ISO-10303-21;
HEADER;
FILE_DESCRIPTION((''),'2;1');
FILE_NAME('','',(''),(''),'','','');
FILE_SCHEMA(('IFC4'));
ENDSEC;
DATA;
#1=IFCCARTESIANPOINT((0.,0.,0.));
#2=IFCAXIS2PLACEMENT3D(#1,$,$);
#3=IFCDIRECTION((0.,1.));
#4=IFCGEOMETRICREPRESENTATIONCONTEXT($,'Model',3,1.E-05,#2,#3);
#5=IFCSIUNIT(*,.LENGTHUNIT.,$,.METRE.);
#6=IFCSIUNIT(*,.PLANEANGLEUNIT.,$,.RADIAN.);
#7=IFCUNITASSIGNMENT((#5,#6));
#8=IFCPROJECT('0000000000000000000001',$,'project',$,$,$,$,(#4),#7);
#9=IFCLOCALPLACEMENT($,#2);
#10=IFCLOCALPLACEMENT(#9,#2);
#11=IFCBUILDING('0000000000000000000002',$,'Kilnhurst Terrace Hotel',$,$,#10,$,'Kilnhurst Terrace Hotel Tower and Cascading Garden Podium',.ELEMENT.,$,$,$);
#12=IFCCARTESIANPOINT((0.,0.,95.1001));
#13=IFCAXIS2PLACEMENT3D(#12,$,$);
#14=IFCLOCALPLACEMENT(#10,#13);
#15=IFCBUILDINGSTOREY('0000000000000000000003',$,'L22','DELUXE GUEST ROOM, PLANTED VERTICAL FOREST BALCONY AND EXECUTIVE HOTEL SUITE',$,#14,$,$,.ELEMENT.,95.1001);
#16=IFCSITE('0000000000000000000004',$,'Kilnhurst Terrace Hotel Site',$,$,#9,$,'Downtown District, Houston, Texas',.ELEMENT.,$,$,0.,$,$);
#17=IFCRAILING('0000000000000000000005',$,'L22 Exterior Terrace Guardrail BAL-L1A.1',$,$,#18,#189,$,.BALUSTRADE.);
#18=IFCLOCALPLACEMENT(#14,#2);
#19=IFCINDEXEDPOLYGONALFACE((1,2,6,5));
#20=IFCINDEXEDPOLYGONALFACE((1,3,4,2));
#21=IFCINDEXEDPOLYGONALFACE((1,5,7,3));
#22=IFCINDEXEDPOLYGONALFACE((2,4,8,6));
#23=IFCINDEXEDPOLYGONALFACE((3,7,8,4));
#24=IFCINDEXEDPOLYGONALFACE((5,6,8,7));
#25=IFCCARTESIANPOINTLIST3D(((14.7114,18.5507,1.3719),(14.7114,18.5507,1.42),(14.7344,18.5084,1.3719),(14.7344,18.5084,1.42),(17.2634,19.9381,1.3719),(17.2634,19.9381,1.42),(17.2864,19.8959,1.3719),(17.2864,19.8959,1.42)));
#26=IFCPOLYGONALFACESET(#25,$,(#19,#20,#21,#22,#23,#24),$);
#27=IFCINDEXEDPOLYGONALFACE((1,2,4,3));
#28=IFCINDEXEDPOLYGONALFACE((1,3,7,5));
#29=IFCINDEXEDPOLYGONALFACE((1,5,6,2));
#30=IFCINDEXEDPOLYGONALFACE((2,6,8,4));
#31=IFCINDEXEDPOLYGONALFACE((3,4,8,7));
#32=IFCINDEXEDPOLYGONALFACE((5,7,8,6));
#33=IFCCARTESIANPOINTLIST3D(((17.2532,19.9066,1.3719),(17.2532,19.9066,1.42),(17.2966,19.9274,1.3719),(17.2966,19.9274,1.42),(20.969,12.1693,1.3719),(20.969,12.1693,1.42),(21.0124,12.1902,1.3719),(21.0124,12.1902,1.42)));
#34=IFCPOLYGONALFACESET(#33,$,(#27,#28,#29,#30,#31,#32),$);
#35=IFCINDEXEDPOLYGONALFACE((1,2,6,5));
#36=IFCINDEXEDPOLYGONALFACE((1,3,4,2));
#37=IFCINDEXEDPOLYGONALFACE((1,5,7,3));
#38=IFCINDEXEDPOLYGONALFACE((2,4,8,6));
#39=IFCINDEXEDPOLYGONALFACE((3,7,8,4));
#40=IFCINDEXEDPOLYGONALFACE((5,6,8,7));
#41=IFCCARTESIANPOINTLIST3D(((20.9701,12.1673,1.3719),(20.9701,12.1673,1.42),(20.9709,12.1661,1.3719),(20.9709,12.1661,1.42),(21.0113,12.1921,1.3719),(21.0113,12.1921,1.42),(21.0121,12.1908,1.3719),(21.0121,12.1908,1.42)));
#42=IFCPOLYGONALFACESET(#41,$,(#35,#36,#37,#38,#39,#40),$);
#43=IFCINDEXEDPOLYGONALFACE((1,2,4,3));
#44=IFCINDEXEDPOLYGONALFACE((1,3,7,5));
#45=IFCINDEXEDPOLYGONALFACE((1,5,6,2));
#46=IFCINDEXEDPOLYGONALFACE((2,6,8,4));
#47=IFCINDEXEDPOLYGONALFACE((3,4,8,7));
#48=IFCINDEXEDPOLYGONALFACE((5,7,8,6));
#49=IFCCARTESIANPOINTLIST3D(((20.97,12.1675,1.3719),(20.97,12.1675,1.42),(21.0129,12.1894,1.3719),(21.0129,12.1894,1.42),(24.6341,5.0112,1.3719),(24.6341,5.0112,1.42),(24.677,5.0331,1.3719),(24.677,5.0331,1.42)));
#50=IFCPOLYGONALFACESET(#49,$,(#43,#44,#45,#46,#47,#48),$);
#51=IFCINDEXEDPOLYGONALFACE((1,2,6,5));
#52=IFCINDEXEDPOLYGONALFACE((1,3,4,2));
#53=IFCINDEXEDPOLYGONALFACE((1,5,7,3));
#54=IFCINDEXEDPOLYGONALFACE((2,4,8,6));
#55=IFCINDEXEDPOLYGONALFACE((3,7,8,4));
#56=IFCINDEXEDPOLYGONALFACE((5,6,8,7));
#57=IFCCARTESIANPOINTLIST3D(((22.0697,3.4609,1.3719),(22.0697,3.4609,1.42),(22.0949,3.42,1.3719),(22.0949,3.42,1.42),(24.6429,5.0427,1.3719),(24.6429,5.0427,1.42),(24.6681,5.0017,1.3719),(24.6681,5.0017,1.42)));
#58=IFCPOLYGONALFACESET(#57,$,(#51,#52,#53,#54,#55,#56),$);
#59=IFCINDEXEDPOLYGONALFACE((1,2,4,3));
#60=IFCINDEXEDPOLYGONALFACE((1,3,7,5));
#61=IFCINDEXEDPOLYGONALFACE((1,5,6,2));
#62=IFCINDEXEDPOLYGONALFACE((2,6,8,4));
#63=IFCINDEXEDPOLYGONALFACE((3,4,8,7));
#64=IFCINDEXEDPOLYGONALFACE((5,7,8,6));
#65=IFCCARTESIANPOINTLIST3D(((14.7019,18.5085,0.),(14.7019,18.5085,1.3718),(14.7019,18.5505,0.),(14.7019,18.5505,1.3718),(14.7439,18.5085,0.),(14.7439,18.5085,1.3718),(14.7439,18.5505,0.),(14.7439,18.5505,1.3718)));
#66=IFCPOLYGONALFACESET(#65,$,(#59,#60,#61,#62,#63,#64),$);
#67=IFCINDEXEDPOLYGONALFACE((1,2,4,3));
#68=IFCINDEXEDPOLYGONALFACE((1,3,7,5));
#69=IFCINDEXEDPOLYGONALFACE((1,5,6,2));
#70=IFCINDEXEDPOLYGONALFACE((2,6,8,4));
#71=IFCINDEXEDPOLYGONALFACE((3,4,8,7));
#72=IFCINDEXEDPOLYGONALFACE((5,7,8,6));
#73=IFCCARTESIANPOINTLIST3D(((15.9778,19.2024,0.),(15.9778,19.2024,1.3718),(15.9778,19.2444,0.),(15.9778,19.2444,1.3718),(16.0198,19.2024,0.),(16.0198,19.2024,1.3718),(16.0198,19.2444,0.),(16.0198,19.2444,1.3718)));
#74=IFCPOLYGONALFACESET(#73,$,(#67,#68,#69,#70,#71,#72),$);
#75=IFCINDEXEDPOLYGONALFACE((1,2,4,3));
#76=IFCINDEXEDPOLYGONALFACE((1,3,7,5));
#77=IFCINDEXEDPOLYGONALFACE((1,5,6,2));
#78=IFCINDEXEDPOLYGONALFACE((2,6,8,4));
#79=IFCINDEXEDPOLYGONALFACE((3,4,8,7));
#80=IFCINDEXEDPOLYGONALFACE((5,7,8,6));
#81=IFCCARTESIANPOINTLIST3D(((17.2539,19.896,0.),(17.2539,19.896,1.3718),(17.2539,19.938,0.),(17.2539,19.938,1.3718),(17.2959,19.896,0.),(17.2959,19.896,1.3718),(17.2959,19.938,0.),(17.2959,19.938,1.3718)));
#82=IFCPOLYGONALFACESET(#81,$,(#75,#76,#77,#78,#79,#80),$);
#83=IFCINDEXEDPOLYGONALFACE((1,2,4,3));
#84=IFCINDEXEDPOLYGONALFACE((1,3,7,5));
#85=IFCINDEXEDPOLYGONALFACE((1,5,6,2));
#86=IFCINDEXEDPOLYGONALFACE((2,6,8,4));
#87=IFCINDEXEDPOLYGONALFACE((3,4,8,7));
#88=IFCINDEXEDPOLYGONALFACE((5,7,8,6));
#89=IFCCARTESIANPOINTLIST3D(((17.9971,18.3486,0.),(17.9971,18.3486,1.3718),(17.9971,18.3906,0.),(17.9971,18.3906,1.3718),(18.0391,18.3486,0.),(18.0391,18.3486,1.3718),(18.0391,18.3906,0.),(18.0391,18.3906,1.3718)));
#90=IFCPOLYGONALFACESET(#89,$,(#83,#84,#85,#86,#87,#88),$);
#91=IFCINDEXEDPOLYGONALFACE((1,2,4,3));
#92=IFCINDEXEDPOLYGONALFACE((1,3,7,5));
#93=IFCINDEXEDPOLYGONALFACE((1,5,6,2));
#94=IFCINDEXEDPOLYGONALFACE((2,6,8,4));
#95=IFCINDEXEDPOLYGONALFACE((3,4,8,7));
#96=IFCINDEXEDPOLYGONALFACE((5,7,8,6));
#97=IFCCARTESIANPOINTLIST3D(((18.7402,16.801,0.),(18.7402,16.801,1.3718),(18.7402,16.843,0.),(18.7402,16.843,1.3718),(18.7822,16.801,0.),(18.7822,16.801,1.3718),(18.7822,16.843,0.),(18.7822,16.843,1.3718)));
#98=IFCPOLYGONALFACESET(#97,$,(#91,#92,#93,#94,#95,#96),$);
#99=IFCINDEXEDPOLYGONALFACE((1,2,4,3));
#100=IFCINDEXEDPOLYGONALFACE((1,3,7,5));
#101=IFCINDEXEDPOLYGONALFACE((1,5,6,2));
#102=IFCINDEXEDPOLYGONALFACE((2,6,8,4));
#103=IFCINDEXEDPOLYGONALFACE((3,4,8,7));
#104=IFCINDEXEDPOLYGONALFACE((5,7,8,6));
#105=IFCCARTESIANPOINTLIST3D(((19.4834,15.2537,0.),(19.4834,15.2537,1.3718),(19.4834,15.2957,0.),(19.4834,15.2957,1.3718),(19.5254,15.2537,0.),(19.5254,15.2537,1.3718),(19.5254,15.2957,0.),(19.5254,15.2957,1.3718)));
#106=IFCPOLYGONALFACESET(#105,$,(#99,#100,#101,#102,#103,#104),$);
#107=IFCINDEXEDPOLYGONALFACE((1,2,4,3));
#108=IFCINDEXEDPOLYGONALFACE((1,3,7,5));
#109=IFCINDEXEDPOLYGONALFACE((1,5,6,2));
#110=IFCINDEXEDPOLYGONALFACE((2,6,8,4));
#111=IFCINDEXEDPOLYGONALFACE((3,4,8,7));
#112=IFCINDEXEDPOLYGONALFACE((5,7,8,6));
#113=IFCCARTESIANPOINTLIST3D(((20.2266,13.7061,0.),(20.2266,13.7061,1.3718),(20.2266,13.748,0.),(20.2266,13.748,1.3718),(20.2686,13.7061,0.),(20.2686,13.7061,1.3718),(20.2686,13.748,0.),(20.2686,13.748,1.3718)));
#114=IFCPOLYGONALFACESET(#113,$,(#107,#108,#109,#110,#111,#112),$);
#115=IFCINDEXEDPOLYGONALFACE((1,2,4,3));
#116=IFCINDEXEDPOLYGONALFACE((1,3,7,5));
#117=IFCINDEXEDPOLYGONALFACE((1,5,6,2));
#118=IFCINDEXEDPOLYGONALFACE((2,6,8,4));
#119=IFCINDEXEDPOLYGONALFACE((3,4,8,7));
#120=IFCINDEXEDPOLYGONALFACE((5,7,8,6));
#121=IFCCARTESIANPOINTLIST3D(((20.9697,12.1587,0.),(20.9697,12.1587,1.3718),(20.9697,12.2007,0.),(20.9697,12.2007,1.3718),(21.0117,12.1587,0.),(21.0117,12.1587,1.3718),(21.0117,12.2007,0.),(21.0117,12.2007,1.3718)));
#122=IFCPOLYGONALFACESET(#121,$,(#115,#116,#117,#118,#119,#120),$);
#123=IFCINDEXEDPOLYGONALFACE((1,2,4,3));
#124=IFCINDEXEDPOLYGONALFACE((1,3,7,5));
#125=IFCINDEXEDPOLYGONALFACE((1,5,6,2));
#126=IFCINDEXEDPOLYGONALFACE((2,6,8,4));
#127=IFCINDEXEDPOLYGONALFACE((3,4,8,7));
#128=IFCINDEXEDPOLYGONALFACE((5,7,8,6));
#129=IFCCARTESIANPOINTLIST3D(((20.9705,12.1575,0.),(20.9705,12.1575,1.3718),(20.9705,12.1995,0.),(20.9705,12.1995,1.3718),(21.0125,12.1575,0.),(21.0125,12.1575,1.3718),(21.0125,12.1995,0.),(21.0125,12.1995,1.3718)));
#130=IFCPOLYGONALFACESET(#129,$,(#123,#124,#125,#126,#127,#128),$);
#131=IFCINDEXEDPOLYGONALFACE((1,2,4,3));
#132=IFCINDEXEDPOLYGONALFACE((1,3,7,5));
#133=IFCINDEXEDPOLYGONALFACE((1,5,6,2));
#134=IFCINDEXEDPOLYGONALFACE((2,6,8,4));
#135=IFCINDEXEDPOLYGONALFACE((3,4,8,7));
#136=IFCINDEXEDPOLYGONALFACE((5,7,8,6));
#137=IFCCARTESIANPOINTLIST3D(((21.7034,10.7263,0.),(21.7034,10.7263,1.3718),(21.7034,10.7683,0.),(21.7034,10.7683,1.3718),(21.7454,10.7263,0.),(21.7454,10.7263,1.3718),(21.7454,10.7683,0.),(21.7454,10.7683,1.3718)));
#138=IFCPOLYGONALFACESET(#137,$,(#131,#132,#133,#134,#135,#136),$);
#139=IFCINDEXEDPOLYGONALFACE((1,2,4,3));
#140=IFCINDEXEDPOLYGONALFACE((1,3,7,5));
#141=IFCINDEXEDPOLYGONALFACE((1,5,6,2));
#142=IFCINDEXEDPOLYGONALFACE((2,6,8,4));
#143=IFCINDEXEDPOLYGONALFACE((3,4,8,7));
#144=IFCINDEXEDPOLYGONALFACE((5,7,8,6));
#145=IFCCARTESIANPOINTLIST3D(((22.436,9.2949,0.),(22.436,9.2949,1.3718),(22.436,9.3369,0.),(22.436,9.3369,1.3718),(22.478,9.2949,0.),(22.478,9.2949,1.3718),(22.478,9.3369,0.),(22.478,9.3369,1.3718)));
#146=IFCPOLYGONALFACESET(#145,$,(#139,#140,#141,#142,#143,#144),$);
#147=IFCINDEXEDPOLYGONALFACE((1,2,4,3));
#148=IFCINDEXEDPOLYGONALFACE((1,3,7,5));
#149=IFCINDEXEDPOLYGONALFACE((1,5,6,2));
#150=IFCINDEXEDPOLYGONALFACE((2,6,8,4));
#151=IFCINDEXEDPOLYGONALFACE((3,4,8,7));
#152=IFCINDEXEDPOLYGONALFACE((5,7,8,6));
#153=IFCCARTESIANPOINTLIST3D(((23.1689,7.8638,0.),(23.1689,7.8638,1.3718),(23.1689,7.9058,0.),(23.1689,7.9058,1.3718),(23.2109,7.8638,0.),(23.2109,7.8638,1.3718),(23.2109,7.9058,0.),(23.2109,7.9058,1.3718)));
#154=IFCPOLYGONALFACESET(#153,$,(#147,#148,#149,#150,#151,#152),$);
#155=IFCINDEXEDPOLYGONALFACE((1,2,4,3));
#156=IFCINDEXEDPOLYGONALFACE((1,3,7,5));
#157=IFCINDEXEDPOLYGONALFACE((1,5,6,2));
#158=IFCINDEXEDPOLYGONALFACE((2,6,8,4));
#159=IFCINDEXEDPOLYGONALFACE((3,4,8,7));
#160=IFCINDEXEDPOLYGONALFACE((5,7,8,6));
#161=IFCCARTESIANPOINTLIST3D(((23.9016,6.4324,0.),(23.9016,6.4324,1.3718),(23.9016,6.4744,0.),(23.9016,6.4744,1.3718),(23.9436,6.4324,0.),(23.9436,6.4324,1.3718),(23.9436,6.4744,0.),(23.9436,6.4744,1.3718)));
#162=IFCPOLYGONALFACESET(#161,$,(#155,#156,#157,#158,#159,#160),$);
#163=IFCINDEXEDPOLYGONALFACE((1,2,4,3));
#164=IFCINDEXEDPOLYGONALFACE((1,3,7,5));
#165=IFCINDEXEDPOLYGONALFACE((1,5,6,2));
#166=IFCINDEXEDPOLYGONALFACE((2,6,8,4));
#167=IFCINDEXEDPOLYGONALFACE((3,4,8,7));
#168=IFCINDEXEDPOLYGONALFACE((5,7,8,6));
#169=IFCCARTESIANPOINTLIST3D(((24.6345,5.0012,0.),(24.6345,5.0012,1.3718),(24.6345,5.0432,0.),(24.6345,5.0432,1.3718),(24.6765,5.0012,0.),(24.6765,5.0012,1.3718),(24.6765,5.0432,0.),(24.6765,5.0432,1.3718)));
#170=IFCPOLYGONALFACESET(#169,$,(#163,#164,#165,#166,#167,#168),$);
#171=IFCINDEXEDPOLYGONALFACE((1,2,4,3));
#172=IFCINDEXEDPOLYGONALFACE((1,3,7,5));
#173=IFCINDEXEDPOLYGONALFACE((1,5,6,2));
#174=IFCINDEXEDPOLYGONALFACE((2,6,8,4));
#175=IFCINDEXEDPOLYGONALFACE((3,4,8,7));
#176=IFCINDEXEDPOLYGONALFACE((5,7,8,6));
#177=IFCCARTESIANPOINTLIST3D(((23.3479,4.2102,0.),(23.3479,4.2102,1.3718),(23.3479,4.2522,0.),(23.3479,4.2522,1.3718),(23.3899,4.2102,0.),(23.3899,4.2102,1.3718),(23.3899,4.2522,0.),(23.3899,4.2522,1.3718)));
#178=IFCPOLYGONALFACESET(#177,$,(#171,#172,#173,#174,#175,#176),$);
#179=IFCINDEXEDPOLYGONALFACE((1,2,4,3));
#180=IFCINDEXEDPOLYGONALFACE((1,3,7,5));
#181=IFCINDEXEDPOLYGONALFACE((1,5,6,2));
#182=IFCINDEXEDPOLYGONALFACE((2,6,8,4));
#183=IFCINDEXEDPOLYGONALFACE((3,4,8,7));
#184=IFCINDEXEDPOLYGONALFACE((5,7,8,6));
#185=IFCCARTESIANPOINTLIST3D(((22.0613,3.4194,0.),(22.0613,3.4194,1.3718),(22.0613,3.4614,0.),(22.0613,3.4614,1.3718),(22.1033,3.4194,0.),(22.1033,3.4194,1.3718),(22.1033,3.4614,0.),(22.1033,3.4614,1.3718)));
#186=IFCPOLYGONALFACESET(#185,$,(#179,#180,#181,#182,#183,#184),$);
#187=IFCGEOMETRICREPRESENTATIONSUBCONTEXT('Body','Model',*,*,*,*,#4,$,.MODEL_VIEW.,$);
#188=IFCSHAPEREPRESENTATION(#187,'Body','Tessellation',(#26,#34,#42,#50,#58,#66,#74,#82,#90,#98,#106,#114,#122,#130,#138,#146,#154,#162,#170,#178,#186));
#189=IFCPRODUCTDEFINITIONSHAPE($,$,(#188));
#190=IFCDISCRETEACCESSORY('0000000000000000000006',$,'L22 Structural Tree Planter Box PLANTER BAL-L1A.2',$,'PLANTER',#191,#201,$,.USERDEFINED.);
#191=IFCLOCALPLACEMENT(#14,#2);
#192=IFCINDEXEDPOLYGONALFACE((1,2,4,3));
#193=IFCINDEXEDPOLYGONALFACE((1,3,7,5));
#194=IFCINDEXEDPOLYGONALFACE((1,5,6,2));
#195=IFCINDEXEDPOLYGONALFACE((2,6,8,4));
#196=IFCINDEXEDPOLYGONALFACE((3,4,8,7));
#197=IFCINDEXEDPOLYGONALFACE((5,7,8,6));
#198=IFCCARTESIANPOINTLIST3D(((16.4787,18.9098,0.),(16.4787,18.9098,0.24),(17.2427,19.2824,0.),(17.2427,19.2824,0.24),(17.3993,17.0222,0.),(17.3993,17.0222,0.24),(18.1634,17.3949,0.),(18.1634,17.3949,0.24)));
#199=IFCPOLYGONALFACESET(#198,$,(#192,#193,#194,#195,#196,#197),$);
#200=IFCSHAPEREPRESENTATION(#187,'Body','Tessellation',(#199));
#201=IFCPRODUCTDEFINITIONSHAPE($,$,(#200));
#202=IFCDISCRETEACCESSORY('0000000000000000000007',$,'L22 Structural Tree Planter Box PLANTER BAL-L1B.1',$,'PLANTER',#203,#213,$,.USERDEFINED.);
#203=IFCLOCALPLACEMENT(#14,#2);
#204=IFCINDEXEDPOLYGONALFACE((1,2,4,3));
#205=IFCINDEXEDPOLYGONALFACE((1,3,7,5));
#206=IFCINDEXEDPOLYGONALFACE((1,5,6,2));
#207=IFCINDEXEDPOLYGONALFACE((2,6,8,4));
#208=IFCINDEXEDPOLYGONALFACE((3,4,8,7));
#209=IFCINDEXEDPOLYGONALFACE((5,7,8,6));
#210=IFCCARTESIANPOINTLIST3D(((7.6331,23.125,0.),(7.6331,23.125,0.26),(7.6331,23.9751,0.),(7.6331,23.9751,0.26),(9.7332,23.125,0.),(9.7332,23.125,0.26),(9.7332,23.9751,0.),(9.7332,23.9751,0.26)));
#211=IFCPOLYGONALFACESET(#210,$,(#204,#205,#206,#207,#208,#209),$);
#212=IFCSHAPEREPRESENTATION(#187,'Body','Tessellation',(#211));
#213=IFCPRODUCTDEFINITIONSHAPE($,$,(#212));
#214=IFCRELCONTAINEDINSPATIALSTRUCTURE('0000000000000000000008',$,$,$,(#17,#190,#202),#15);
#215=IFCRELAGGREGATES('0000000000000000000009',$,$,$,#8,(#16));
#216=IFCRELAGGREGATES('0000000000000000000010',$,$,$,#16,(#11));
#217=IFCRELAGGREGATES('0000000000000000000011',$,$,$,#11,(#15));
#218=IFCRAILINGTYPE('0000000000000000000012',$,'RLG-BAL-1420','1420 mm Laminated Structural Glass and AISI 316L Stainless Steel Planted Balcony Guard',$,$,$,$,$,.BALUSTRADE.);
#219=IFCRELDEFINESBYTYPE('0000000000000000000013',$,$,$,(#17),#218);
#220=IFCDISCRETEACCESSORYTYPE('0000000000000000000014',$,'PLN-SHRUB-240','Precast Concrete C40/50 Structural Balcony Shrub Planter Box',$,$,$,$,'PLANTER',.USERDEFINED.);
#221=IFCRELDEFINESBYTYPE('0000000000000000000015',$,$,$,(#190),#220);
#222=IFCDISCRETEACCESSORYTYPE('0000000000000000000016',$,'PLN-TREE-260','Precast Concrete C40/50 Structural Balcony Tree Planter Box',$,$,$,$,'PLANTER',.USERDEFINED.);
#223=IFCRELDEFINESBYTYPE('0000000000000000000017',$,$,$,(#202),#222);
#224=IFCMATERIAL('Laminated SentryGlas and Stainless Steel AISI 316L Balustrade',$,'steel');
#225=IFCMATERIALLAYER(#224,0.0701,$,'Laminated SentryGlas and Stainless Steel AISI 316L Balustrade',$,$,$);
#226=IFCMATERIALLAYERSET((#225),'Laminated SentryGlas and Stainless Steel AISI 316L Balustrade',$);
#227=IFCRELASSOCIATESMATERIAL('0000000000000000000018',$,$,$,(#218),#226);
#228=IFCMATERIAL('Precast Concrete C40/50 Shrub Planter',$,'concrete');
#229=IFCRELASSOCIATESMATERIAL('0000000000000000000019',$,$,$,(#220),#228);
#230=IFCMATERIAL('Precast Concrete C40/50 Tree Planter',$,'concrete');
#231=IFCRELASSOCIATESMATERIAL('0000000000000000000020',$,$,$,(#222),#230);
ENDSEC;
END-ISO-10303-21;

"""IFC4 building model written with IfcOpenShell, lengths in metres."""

from ifc_helpers import new_model, si_unit, direction, frame, origin, origin_2d, place, context, subcontext, project, spatial, rectangle, extrude, material, layer, layer_set, type_object, element, save


model = new_model("IFC4")

# Units and contexts
model_context = context("Model", 3, precision=1e-05, world=origin(), true_north=direction((0.0, 1.0)))
body_context = subcontext(model_context, "Body", "Model", "MODEL_VIEW")
ifc_project = project(units=[si_unit("LENGTHUNIT", "METRE"), si_unit("PLANEANGLEUNIT", "RADIAN")], contexts=[model_context])

# Site, building, storey
site_placement = place(None, origin())
site = spatial("IfcSite", under=ifc_project, at=site_placement, Name="Kilnhurst Terrace Hotel Site", LongName="Downtown District, Houston, Texas", CompositionType="ELEMENT", RefElevation=0.0)
building_placement = place(site_placement, origin())
building = spatial("IfcBuilding", under=site, at=building_placement, Name="Kilnhurst Terrace Hotel", LongName="Kilnhurst Terrace Hotel Tower and Cascading Garden Podium", CompositionType="ELEMENT")
storey_placement = place(building_placement, frame((0.0, 0.0, 95.1001)))
storey = spatial("IfcBuildingStorey", under=building, at=storey_placement, Name="L22", Description="DELUXE GUEST ROOM, PLANTED VERTICAL FOREST BALCONY AND EXECUTIVE HOTEL SUITE", CompositionType="ELEMENT", Elevation=95.1001)

# Railing
ifc_material_1 = material(Name="Laminated SentryGlas and Stainless Steel AISI 316L Balustrade", Category="steel")
ifc_layer_1 = layer(ifc_material_1, 0.0701, Name="Laminated SentryGlas and Stainless Steel AISI 316L Balustrade")
ifc_layer_set_1 = layer_set([ifc_layer_1], Name="Laminated SentryGlas and Stainless Steel AISI 316L Balustrade")
railing_type = type_object("IfcRailingType", Name="RLG-BAL-1420", Description="1420 mm Laminated Structural Glass and AISI 316L Stainless Steel Planted Balcony Guard", PredefinedType="BALUSTRADE", material=ifc_layer_set_1)
railing_placement = place(storey_placement, frame((14.7229, 18.5295, 0.0)))
element("IfcRailing", 1, at=railing_placement, inside=storey, type_object=railing_type, Name="L22 Exterior Terrace Guardrail BAL-L1A.1", PredefinedType="BALUSTRADE", context=body_context, shape_type="SweptSolid", body=[
    extrude(rectangle(XDim=0.0481, YDim=0.0481, at=origin_2d()), frame((0.0, 0.0, 1.396), z_axis=(0.878553, 0.477644, 0.0), x_axis=(-0.477644, 0.878553, 0.0)), (0.0, 0.0, 1.0), 2.9048),
    extrude(rectangle(XDim=0.0481, YDim=0.0481, at=origin_2d()), frame((2.552, 1.3875, 1.396), z_axis=(0.432912, -0.901436, 0.0), x_axis=(0.901436, 0.432912, 0.0)), (0.0, 0.0, 1.0), 8.5833),
    extrude(rectangle(XDim=0.0481, YDim=0.0481, at=origin_2d()), frame((6.2678, -6.3499, 1.396), z_axis=(0.514496, -0.857493, 0.0), x_axis=(0.857493, 0.514496, 0.0)), (0.0, 0.0, 1.0), 0.0015),
    extrude(rectangle(XDim=0.0481, YDim=0.0481, at=origin_2d()), frame((6.2686, -6.3511, 1.396), z_axis=(0.455744, -0.890111, 0.0), x_axis=(0.890111, 0.455744, 0.0)), (0.0, 0.0, 1.0), 8.0398),
    extrude(rectangle(XDim=0.0481, YDim=0.0481, at=origin_2d()), frame((9.9326, -13.5073, 1.396), z_axis=(-0.851916, -0.523678, 0.0), x_axis=(0.523678, -0.851916, 0.0)), (0.0, 0.0, 1.0), 3.0205),
    extrude(rectangle(XDim=0.042, YDim=0.042, at=origin_2d()), origin(), (0.0, 0.0, 1.0), 1.3718),
    extrude(rectangle(XDim=0.042, YDim=0.042, at=origin_2d()), frame((1.2759, 0.6938, 0.0)), (0.0, 0.0, 1.0), 1.3718),
    extrude(rectangle(XDim=0.042, YDim=0.042, at=origin_2d()), frame((2.552, 1.3875, 0.0)), (0.0, 0.0, 1.0), 1.3718),
    extrude(rectangle(XDim=0.042, YDim=0.042, at=origin_2d()), frame((3.2952, -0.1599, 0.0)), (0.0, 0.0, 1.0), 1.3718),
    extrude(rectangle(XDim=0.042, YDim=0.042, at=origin_2d()), frame((4.0383, -1.7075, 0.0)), (0.0, 0.0, 1.0), 1.3718),
    extrude(rectangle(XDim=0.042, YDim=0.042, at=origin_2d()), frame((4.7815, -3.2549, 0.0)), (0.0, 0.0, 1.0), 1.3718),
    extrude(rectangle(XDim=0.042, YDim=0.042, at=origin_2d()), frame((5.5247, -4.8025, 0.0)), (0.0, 0.0, 1.0), 1.3718),
    extrude(rectangle(XDim=0.042, YDim=0.042, at=origin_2d()), frame((6.2678, -6.3499, 0.0)), (0.0, 0.0, 1.0), 1.3718),
    extrude(rectangle(XDim=0.042, YDim=0.042, at=origin_2d()), frame((6.2686, -6.3511, 0.0)), (0.0, 0.0, 1.0), 1.3718),
    extrude(rectangle(XDim=0.042, YDim=0.042, at=origin_2d()), frame((7.0015, -7.7822, 0.0)), (0.0, 0.0, 1.0), 1.3718),
    extrude(rectangle(XDim=0.042, YDim=0.042, at=origin_2d()), frame((7.7341, -9.2136, 0.0)), (0.0, 0.0, 1.0), 1.3718),
    extrude(rectangle(XDim=0.042, YDim=0.042, at=origin_2d()), frame((8.467, -10.6448, 0.0)), (0.0, 0.0, 1.0), 1.3718),
    extrude(rectangle(XDim=0.042, YDim=0.042, at=origin_2d()), frame((9.1997, -12.0762, 0.0)), (0.0, 0.0, 1.0), 1.3718),
    extrude(rectangle(XDim=0.042, YDim=0.042, at=origin_2d()), frame((9.9326, -13.5073, 0.0)), (0.0, 0.0, 1.0), 1.3718),
    extrude(rectangle(XDim=0.042, YDim=0.042, at=origin_2d()), frame((8.646, -14.2983, 0.0)), (0.0, 0.0, 1.0), 1.3718),
    extrude(rectangle(XDim=0.042, YDim=0.042, at=origin_2d()), frame((7.3594, -15.0891, 0.0)), (0.0, 0.0, 1.0), 1.3718),
])

# Discrete accessories
ifc_material_2 = material(Name="Precast Concrete C40/50 Shrub Planter", Category="concrete")
discrete_accessory_type_1 = type_object("IfcDiscreteAccessoryType", Name="PLN-SHRUB-240", Description="Precast Concrete C40/50 Structural Balcony Shrub Planter Box", ElementType="PLANTER", PredefinedType="USERDEFINED", material=ifc_material_2)
discrete_accessory_1_placement = place(storey_placement, frame((17.321, 18.1523, 0.0), z_axis=(0.0, 0.0, 1.0), x_axis=(-0.438387, 0.898786, 0.0)))
element("IfcDiscreteAccessory", 2, at=discrete_accessory_1_placement, inside=storey, type_object=discrete_accessory_type_1, Name="L22 Structural Tree Planter Box PLANTER BAL-L1A.2", ObjectType="PLANTER", PredefinedType="USERDEFINED", context=body_context, shape_type="SweptSolid", body=[
    extrude(rectangle(XDim=2.1001, YDim=0.8501, at=origin_2d()), origin(), (0.0, 0.0, 1.0), 0.24),
])
ifc_material_3 = material(Name="Precast Concrete C40/50 Tree Planter", Category="concrete")
discrete_accessory_type_2 = type_object("IfcDiscreteAccessoryType", Name="PLN-TREE-260", Description="Precast Concrete C40/50 Structural Balcony Tree Planter Box", ElementType="PLANTER", PredefinedType="USERDEFINED", material=ifc_material_3)
discrete_accessory_2_placement = place(storey_placement, frame((8.6831, 23.55, 0.0), z_axis=(0.0, 0.0, 1.0), x_axis=(-1.0, 0.0, 0.0)))
element("IfcDiscreteAccessory", 3, at=discrete_accessory_2_placement, inside=storey, type_object=discrete_accessory_type_2, Name="L22 Structural Tree Planter Box PLANTER BAL-L1B.1", ObjectType="PLANTER", PredefinedType="USERDEFINED", context=body_context, shape_type="SweptSolid", body=[
    extrude(rectangle(XDim=2.1001, YDim=0.8501, at=origin_2d()), origin(), (0.0, 0.0, 1.0), 0.26),
])

save(model, "model.ifc")
